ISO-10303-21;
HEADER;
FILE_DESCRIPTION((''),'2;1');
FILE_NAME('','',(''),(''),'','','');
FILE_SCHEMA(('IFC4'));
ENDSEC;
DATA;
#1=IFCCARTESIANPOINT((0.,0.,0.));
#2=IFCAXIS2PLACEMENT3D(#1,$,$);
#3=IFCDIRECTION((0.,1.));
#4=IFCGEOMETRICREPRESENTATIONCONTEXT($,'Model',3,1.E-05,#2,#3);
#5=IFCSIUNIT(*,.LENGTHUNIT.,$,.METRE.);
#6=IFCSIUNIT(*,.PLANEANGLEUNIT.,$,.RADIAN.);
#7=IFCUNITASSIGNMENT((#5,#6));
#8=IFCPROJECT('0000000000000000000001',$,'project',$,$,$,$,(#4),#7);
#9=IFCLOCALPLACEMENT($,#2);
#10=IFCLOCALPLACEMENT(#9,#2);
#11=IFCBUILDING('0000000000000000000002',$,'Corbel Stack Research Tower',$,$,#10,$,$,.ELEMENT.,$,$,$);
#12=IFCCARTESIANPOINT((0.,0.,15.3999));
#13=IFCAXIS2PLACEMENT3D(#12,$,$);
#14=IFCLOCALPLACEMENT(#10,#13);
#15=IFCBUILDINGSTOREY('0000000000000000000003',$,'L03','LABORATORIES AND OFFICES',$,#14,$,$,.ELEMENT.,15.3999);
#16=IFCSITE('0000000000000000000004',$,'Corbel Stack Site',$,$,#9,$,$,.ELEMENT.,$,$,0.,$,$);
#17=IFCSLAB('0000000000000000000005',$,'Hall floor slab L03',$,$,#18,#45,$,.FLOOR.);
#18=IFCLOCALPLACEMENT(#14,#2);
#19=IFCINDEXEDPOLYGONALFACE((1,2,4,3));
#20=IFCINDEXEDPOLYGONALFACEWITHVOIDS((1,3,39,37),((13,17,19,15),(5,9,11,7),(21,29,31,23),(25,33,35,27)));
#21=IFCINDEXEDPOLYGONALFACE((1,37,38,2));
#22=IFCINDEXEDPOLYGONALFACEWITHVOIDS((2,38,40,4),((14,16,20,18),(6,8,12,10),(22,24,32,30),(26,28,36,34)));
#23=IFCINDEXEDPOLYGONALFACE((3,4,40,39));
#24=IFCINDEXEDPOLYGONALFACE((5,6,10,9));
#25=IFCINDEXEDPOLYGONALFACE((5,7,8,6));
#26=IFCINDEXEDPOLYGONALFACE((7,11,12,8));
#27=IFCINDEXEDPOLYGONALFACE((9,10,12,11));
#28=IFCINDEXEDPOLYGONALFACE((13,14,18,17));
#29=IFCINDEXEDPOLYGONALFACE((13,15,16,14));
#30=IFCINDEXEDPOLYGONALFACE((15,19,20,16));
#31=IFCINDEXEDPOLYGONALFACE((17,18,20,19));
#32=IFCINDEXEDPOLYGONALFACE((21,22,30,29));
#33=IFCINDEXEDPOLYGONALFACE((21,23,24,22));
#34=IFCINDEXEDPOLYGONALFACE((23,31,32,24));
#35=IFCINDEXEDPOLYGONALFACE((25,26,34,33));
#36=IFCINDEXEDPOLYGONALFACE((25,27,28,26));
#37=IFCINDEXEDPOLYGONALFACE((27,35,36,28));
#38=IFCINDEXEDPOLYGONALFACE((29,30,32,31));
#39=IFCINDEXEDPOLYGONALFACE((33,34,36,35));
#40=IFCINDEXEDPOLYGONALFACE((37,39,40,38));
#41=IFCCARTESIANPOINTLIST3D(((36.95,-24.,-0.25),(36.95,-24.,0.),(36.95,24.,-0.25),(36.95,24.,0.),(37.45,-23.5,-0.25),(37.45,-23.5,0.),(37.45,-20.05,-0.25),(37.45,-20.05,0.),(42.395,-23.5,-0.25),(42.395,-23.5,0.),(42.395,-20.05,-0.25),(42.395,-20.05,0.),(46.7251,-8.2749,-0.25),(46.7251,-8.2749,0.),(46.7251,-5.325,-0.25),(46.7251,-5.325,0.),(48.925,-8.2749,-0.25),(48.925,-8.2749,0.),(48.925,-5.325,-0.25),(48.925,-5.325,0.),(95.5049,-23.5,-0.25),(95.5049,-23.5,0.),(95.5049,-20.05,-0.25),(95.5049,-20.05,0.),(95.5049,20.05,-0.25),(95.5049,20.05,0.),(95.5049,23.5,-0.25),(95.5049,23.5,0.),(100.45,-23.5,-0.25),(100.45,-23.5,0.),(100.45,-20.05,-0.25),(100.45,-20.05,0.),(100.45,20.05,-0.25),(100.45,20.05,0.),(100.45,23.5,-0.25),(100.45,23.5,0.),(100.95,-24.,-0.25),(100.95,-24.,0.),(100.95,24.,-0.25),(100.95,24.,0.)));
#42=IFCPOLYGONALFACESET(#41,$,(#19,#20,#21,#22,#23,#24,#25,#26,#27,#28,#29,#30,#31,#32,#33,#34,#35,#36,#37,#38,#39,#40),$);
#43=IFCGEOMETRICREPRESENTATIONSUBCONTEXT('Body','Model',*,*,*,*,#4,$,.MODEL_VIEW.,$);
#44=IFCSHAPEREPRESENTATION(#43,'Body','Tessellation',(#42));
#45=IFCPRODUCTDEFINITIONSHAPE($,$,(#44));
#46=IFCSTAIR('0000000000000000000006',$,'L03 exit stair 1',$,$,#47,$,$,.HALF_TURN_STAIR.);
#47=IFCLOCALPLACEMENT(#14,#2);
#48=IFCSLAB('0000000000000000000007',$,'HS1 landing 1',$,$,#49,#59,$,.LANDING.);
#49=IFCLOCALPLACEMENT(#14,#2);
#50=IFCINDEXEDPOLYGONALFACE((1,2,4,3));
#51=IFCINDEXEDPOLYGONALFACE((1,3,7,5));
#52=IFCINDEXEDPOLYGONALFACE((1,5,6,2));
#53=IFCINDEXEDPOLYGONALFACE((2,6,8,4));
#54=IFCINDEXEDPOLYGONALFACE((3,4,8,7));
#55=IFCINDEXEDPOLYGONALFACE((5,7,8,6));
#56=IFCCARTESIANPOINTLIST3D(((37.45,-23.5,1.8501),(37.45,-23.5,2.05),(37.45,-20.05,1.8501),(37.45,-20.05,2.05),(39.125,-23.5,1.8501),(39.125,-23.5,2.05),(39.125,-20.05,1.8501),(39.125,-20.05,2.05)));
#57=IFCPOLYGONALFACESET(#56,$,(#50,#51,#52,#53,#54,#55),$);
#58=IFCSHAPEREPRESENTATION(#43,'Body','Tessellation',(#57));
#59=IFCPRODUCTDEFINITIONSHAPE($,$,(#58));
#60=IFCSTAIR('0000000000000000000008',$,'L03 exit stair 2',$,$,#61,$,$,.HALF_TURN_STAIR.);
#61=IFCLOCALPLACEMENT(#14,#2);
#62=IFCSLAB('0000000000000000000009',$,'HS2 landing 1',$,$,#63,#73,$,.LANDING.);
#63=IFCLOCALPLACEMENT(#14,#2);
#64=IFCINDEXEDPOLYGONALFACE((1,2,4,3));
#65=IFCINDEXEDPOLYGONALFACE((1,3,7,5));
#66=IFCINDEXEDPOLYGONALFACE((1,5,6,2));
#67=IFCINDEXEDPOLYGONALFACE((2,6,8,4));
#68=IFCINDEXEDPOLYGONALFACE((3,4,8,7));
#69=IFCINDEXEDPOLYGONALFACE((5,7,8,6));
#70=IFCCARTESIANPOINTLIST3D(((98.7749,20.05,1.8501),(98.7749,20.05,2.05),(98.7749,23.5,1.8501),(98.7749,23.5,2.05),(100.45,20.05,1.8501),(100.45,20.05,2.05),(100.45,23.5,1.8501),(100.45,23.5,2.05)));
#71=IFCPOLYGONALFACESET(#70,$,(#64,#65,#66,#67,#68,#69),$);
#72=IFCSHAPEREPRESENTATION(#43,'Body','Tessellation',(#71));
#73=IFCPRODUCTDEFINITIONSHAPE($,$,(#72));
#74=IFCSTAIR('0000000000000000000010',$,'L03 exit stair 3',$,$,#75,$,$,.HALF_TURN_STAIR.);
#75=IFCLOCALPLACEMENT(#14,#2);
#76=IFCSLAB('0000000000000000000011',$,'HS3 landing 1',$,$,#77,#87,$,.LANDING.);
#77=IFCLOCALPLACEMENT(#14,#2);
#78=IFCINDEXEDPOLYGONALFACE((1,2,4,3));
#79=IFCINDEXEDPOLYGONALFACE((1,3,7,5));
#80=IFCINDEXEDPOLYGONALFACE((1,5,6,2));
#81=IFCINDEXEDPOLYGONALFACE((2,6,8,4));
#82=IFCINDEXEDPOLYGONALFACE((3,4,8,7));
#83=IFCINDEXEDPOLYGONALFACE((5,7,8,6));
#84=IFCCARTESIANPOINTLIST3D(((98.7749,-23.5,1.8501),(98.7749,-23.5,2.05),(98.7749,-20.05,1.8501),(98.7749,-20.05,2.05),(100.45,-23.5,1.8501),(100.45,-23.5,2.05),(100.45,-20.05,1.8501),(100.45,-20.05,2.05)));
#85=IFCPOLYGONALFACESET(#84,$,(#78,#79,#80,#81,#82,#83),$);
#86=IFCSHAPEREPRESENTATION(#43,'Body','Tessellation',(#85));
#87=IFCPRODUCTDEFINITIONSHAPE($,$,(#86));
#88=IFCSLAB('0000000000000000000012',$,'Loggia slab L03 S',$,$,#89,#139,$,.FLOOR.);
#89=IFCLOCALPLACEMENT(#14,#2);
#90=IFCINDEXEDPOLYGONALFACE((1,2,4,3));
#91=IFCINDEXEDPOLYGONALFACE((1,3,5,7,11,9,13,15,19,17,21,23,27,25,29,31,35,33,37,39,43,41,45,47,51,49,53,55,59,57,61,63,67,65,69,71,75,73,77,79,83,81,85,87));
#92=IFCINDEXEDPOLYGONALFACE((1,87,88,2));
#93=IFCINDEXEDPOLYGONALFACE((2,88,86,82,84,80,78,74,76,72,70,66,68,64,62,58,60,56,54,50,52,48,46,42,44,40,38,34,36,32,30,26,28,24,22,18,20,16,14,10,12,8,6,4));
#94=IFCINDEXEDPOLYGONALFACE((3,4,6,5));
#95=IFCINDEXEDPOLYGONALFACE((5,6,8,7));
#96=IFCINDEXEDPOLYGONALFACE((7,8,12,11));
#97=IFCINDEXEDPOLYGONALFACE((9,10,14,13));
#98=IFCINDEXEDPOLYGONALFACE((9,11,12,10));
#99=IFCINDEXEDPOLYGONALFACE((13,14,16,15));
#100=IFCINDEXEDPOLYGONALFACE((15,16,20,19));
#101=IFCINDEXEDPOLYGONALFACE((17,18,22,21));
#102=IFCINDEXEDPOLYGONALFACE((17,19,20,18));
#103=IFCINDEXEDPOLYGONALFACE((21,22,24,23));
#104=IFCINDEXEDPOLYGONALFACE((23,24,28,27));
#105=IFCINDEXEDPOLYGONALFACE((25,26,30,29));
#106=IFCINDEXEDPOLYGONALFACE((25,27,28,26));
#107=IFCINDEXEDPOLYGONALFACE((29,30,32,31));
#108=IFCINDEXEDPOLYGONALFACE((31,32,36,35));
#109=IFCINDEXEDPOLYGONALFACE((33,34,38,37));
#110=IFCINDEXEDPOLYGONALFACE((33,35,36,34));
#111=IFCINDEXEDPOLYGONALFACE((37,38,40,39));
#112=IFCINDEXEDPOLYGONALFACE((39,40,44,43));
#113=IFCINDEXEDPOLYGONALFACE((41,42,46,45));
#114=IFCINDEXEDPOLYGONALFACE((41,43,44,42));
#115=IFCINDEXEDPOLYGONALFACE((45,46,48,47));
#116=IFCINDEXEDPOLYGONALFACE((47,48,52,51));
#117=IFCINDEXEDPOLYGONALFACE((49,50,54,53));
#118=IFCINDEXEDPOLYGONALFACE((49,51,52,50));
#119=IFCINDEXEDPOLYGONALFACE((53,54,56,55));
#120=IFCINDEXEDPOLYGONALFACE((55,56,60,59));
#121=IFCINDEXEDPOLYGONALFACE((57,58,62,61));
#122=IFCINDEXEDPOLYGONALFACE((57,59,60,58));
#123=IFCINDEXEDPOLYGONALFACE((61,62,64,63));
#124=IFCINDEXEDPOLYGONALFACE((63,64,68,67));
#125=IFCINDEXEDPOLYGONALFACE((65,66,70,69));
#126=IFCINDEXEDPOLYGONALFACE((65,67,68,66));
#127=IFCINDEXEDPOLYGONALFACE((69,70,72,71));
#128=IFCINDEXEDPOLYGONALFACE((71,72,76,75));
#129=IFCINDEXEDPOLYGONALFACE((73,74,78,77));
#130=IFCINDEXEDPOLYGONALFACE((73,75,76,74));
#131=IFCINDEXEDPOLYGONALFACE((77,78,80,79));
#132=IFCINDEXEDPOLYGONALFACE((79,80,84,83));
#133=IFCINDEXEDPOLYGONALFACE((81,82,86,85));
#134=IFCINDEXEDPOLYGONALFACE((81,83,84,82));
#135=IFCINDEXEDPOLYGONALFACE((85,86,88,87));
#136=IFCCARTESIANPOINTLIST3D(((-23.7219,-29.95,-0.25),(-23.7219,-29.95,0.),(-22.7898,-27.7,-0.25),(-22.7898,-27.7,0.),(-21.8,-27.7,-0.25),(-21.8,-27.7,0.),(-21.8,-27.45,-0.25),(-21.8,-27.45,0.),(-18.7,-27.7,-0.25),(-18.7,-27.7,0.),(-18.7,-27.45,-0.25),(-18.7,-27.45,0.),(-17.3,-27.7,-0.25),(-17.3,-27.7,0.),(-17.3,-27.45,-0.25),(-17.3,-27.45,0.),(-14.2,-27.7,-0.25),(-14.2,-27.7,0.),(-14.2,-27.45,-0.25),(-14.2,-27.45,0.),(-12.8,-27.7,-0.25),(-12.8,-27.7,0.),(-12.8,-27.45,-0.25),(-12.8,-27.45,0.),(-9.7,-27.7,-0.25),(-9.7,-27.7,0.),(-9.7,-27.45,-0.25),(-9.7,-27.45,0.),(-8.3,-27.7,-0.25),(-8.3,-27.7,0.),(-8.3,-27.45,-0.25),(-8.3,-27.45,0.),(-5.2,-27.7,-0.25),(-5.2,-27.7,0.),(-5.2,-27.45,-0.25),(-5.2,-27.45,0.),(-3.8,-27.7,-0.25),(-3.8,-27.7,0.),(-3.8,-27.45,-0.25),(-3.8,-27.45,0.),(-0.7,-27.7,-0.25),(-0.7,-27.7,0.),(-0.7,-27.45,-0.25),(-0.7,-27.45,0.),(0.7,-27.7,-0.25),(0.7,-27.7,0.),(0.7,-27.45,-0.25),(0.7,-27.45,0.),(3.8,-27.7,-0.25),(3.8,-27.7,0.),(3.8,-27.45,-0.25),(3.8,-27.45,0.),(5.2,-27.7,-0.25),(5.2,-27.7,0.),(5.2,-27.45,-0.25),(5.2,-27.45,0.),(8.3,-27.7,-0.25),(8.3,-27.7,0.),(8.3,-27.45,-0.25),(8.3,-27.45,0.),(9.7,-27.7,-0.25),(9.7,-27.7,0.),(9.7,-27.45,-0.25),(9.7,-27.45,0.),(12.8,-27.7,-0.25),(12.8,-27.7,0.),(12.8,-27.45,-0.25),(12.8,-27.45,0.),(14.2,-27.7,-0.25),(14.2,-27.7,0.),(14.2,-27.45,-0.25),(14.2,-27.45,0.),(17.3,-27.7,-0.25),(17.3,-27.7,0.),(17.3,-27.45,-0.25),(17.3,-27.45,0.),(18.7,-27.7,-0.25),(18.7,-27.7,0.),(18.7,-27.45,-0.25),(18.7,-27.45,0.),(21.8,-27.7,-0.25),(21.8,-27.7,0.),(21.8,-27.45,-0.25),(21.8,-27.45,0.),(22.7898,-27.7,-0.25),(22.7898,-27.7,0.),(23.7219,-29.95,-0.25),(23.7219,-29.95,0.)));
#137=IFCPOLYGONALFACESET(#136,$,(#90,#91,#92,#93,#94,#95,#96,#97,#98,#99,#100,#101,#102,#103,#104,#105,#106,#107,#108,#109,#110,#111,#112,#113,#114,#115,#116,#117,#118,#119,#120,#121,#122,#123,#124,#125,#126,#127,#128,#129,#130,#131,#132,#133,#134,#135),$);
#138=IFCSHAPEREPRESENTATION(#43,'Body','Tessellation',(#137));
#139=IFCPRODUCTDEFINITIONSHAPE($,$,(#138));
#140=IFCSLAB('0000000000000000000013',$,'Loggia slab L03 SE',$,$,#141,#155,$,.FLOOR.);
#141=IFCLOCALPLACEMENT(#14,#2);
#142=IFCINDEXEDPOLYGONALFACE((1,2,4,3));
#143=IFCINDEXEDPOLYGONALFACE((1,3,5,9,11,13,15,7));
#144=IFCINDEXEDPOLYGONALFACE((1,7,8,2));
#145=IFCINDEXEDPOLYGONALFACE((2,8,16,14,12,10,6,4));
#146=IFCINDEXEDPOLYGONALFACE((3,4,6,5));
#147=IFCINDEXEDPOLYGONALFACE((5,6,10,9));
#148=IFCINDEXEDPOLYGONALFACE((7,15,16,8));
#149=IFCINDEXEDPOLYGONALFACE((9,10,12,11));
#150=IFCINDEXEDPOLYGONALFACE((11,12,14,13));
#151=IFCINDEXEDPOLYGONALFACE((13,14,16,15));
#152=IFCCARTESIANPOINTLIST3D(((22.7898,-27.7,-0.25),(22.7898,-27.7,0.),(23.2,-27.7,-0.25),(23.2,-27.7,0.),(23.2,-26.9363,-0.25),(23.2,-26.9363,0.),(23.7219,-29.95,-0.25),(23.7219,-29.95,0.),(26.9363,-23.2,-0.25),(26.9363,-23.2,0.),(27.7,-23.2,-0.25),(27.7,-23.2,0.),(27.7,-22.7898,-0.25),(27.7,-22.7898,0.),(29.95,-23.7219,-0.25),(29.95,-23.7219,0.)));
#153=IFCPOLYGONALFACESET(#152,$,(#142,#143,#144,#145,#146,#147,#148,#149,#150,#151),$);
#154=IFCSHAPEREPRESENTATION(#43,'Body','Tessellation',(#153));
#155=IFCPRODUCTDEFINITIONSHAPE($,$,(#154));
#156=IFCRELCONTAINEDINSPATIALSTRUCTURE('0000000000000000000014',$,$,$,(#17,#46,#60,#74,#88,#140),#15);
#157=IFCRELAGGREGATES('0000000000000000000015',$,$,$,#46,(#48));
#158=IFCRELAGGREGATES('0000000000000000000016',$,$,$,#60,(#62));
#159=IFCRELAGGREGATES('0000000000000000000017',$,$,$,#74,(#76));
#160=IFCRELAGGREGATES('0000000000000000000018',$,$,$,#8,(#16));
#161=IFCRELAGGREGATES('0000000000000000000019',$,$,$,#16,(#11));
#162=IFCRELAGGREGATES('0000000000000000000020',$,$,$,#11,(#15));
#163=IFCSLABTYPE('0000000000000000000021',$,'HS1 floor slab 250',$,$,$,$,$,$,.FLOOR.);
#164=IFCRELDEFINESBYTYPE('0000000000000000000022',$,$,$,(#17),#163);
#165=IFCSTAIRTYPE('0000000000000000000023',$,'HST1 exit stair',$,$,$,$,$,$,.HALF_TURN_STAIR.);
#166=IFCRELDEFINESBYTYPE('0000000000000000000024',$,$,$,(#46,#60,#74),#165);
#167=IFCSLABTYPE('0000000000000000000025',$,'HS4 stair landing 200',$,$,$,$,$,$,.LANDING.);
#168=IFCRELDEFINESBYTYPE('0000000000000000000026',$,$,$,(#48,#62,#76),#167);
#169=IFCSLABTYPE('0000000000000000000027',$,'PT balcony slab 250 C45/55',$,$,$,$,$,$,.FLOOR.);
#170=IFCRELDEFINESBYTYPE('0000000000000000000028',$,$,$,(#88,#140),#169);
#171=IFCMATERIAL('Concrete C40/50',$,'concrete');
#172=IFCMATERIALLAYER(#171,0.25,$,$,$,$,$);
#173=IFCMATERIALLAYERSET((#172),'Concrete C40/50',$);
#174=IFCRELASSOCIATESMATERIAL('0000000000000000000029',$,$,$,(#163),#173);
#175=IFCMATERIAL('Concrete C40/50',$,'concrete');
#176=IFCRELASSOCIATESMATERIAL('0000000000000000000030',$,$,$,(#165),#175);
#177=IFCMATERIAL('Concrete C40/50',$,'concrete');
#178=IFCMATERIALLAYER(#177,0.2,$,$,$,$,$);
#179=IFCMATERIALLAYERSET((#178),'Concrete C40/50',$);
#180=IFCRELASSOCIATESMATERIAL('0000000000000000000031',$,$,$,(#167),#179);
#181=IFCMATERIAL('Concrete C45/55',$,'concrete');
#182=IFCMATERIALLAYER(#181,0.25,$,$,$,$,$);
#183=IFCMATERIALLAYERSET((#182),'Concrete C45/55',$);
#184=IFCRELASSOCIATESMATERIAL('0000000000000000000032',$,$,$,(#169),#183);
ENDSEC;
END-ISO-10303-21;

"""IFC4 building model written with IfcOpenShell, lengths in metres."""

from ifc_helpers import new_model, si_unit, direction, frame, origin, place, context, subcontext, project, spatial, polyline, outline, extrude, material, layer, layer_set, type_object, element, aggregate, save


model = new_model("IFC4")

# Units and contexts
model_context = context("Model", 3, precision=1e-05, world=origin(), true_north=direction((0.0, 1.0)))
body_context = subcontext(model_context, "Body", "Model", "MODEL_VIEW")
ifc_project = project(units=[si_unit("LENGTHUNIT", "METRE"), si_unit("PLANEANGLEUNIT", "RADIAN")], contexts=[model_context])

# Site, building, storey
site_placement = place(None, origin())
site = spatial("IfcSite", under=ifc_project, at=site_placement, Name="Corbel Stack Site", CompositionType="ELEMENT", RefElevation=0.0)
building_placement = place(site_placement, origin())
building = spatial("IfcBuilding", under=site, at=building_placement, Name="Corbel Stack Research Tower", CompositionType="ELEMENT")
storey_placement = place(building_placement, frame((0.0, 0.0, 15.3999)))
storey = spatial("IfcBuildingStorey", under=building, at=storey_placement, Name="L03", Description="LABORATORIES AND OFFICES", CompositionType="ELEMENT", Elevation=15.3999)

# Slab
ifc_material_1 = material(Name="Concrete C40/50", Category="concrete")
ifc_layer_1 = layer(ifc_material_1, 0.25)
ifc_layer_set_1 = layer_set([ifc_layer_1], Name="Concrete C40/50")
slab_type_1 = type_object("IfcSlabType", Name="HS1 floor slab 250", PredefinedType="FLOOR", material=ifc_layer_set_1)
slab_1_placement = place(storey_placement, frame((0.0, 0.0, -0.25)))
element("IfcSlab", 1, at=slab_1_placement, inside=storey, type_object=slab_type_1, Name="Hall floor slab L03", PredefinedType="FLOOR", context=body_context, shape_type="SweptSolid", body=[
    extrude(outline(polyline([(100.95, -24.0), (36.95, -24.0), (36.95, 24.0), (100.95, 24.0), (100.95, -24.0)]), holes=[polyline([(95.5049, 23.5), (95.5049, 20.05), (100.45, 20.05), (100.45, 23.5), (95.5049, 23.5)]), polyline([(100.45, -20.05), (95.5049, -20.05), (95.5049, -23.5), (100.45, -23.5), (100.45, -20.05)]), polyline([(48.925, -5.325), (46.7251, -5.325), (46.7251, -8.2749), (48.925, -8.2749), (48.925, -5.325)]), polyline([(37.45, -23.5), (42.395, -23.5), (42.395, -20.05), (37.45, -20.05), (37.45, -23.5)])]), origin(), (0.0, 0.0, 1.0), 0.25),
])

# Stairs, slabs
ifc_material_2 = material(Name="Concrete C40/50", Category="concrete")
stair_type = type_object("IfcStairType", Name="HST1 exit stair", PredefinedType="HALF_TURN_STAIR", material=ifc_material_2)
stair_1_placement = place(storey_placement, origin())
stair_1 = element("IfcStair", 2, at=stair_1_placement, inside=storey, type_object=stair_type, Name="L03 exit stair 1", PredefinedType="HALF_TURN_STAIR")
ifc_material_3 = material(Name="Concrete C40/50", Category="concrete")
ifc_layer_2 = layer(ifc_material_3, 0.2)
ifc_layer_set_2 = layer_set([ifc_layer_2], Name="Concrete C40/50")
slab_type_2 = type_object("IfcSlabType", Name="HS4 stair landing 200", PredefinedType="LANDING", material=ifc_layer_set_2)
slab_2_placement = place(storey_placement, frame((0.0, 0.0, 1.8501)))
slab_2 = element("IfcSlab", 3, at=slab_2_placement, type_object=slab_type_2, Name="HS1 landing 1", PredefinedType="LANDING", context=body_context, shape_type="SweptSolid", body=[
    extrude(outline(polyline([(39.125, -20.05), (37.45, -20.05), (37.45, -23.5), (39.125, -23.5), (39.125, -20.05)])), origin(), (0.0, 0.0, 1.0), 0.2),
])
aggregate(stair_1, [slab_2])
stair_2_placement = place(storey_placement, origin())
stair_2 = element("IfcStair", 4, at=stair_2_placement, inside=storey, type_object=stair_type, Name="L03 exit stair 2", PredefinedType="HALF_TURN_STAIR")
slab_3_placement = place(storey_placement, frame((0.0, 0.0, 1.8501)))
slab_3 = element("IfcSlab", 5, at=slab_3_placement, type_object=slab_type_2, Name="HS2 landing 1", PredefinedType="LANDING", context=body_context, shape_type="SweptSolid", body=[
    extrude(outline(polyline([(98.7749, 20.05), (100.45, 20.05), (100.45, 23.5), (98.7749, 23.5), (98.7749, 20.05)])), origin(), (0.0, 0.0, 1.0), 0.2),
])
aggregate(stair_2, [slab_3])
stair_3_placement = place(storey_placement, origin())
stair_3 = element("IfcStair", 6, at=stair_3_placement, inside=storey, type_object=stair_type, Name="L03 exit stair 3", PredefinedType="HALF_TURN_STAIR")
slab_4_placement = place(storey_placement, frame((0.0, 0.0, 1.8501)))
slab_4 = element("IfcSlab", 7, at=slab_4_placement, type_object=slab_type_2, Name="HS3 landing 1", PredefinedType="LANDING", context=body_context, shape_type="SweptSolid", body=[
    extrude(outline(polyline([(98.7749, -23.5), (100.45, -23.5), (100.45, -20.05), (98.7749, -20.05), (98.7749, -23.5)])), origin(), (0.0, 0.0, 1.0), 0.2),
])
aggregate(stair_3, [slab_4])

# Slabs
ifc_material_4 = material(Name="Concrete C45/55", Category="concrete")
ifc_layer_3 = layer(ifc_material_4, 0.25)
ifc_layer_set_3 = layer_set([ifc_layer_3], Name="Concrete C45/55")
slab_type_3 = type_object("IfcSlabType", Name="PT balcony slab 250 C45/55", PredefinedType="FLOOR", material=ifc_layer_set_3)
slab_5_placement = place(storey_placement, frame((0.0, 0.0, -0.25)))
element("IfcSlab", 8, at=slab_5_placement, inside=storey, type_object=slab_type_3, Name="Loggia slab L03 S", PredefinedType="FLOOR", context=body_context, shape_type="SweptSolid", body=[
    extrude(outline(polyline([(22.7898, -27.7), (21.8, -27.7), (21.8, -27.45), (18.7, -27.45), (18.7, -27.7), (17.3, -27.7), (17.3, -27.45), (14.2, -27.45), (14.2, -27.7), (12.8, -27.7), (12.8, -27.45), (9.7, -27.45), (9.7, -27.7), (8.3, -27.7), (8.3, -27.45), (5.2, -27.45), (5.2, -27.7), (3.8, -27.7), (3.8, -27.45), (0.7, -27.45), (0.7, -27.7), (-0.7, -27.7), (-0.7, -27.45), (-3.8, -27.45), (-3.8, -27.7), (-5.2, -27.7), (-5.2, -27.45), (-8.3, -27.45), (-8.3, -27.7), (-9.7, -27.7), (-9.7, -27.45), (-12.8, -27.45), (-12.8, -27.7), (-14.2, -27.7), (-14.2, -27.45), (-17.3, -27.45), (-17.3, -27.7), (-18.7, -27.7), (-18.7, -27.45), (-21.8, -27.45), (-21.8, -27.7), (-22.7898, -27.7), (-23.7219, -29.95), (23.7219, -29.95), (22.7898, -27.7)])), origin(), (0.0, 0.0, 1.0), 0.25),
])
slab_6_placement = place(storey_placement, frame((0.0, 0.0, -0.25)))
element("IfcSlab", 9, at=slab_6_placement, inside=storey, type_object=slab_type_3, Name="Loggia slab L03 SE", PredefinedType="FLOOR", context=body_context, shape_type="SweptSolid", body=[
    extrude(outline(polyline([(27.7, -22.7898), (27.7, -23.2), (26.9363, -23.2), (23.2, -26.9363), (23.2, -27.7), (22.7898, -27.7), (23.7219, -29.95), (29.95, -23.7219), (27.7, -22.7898)])), origin(), (0.0, 0.0, 1.0), 0.25),
])

save(model, "model.ifc")
